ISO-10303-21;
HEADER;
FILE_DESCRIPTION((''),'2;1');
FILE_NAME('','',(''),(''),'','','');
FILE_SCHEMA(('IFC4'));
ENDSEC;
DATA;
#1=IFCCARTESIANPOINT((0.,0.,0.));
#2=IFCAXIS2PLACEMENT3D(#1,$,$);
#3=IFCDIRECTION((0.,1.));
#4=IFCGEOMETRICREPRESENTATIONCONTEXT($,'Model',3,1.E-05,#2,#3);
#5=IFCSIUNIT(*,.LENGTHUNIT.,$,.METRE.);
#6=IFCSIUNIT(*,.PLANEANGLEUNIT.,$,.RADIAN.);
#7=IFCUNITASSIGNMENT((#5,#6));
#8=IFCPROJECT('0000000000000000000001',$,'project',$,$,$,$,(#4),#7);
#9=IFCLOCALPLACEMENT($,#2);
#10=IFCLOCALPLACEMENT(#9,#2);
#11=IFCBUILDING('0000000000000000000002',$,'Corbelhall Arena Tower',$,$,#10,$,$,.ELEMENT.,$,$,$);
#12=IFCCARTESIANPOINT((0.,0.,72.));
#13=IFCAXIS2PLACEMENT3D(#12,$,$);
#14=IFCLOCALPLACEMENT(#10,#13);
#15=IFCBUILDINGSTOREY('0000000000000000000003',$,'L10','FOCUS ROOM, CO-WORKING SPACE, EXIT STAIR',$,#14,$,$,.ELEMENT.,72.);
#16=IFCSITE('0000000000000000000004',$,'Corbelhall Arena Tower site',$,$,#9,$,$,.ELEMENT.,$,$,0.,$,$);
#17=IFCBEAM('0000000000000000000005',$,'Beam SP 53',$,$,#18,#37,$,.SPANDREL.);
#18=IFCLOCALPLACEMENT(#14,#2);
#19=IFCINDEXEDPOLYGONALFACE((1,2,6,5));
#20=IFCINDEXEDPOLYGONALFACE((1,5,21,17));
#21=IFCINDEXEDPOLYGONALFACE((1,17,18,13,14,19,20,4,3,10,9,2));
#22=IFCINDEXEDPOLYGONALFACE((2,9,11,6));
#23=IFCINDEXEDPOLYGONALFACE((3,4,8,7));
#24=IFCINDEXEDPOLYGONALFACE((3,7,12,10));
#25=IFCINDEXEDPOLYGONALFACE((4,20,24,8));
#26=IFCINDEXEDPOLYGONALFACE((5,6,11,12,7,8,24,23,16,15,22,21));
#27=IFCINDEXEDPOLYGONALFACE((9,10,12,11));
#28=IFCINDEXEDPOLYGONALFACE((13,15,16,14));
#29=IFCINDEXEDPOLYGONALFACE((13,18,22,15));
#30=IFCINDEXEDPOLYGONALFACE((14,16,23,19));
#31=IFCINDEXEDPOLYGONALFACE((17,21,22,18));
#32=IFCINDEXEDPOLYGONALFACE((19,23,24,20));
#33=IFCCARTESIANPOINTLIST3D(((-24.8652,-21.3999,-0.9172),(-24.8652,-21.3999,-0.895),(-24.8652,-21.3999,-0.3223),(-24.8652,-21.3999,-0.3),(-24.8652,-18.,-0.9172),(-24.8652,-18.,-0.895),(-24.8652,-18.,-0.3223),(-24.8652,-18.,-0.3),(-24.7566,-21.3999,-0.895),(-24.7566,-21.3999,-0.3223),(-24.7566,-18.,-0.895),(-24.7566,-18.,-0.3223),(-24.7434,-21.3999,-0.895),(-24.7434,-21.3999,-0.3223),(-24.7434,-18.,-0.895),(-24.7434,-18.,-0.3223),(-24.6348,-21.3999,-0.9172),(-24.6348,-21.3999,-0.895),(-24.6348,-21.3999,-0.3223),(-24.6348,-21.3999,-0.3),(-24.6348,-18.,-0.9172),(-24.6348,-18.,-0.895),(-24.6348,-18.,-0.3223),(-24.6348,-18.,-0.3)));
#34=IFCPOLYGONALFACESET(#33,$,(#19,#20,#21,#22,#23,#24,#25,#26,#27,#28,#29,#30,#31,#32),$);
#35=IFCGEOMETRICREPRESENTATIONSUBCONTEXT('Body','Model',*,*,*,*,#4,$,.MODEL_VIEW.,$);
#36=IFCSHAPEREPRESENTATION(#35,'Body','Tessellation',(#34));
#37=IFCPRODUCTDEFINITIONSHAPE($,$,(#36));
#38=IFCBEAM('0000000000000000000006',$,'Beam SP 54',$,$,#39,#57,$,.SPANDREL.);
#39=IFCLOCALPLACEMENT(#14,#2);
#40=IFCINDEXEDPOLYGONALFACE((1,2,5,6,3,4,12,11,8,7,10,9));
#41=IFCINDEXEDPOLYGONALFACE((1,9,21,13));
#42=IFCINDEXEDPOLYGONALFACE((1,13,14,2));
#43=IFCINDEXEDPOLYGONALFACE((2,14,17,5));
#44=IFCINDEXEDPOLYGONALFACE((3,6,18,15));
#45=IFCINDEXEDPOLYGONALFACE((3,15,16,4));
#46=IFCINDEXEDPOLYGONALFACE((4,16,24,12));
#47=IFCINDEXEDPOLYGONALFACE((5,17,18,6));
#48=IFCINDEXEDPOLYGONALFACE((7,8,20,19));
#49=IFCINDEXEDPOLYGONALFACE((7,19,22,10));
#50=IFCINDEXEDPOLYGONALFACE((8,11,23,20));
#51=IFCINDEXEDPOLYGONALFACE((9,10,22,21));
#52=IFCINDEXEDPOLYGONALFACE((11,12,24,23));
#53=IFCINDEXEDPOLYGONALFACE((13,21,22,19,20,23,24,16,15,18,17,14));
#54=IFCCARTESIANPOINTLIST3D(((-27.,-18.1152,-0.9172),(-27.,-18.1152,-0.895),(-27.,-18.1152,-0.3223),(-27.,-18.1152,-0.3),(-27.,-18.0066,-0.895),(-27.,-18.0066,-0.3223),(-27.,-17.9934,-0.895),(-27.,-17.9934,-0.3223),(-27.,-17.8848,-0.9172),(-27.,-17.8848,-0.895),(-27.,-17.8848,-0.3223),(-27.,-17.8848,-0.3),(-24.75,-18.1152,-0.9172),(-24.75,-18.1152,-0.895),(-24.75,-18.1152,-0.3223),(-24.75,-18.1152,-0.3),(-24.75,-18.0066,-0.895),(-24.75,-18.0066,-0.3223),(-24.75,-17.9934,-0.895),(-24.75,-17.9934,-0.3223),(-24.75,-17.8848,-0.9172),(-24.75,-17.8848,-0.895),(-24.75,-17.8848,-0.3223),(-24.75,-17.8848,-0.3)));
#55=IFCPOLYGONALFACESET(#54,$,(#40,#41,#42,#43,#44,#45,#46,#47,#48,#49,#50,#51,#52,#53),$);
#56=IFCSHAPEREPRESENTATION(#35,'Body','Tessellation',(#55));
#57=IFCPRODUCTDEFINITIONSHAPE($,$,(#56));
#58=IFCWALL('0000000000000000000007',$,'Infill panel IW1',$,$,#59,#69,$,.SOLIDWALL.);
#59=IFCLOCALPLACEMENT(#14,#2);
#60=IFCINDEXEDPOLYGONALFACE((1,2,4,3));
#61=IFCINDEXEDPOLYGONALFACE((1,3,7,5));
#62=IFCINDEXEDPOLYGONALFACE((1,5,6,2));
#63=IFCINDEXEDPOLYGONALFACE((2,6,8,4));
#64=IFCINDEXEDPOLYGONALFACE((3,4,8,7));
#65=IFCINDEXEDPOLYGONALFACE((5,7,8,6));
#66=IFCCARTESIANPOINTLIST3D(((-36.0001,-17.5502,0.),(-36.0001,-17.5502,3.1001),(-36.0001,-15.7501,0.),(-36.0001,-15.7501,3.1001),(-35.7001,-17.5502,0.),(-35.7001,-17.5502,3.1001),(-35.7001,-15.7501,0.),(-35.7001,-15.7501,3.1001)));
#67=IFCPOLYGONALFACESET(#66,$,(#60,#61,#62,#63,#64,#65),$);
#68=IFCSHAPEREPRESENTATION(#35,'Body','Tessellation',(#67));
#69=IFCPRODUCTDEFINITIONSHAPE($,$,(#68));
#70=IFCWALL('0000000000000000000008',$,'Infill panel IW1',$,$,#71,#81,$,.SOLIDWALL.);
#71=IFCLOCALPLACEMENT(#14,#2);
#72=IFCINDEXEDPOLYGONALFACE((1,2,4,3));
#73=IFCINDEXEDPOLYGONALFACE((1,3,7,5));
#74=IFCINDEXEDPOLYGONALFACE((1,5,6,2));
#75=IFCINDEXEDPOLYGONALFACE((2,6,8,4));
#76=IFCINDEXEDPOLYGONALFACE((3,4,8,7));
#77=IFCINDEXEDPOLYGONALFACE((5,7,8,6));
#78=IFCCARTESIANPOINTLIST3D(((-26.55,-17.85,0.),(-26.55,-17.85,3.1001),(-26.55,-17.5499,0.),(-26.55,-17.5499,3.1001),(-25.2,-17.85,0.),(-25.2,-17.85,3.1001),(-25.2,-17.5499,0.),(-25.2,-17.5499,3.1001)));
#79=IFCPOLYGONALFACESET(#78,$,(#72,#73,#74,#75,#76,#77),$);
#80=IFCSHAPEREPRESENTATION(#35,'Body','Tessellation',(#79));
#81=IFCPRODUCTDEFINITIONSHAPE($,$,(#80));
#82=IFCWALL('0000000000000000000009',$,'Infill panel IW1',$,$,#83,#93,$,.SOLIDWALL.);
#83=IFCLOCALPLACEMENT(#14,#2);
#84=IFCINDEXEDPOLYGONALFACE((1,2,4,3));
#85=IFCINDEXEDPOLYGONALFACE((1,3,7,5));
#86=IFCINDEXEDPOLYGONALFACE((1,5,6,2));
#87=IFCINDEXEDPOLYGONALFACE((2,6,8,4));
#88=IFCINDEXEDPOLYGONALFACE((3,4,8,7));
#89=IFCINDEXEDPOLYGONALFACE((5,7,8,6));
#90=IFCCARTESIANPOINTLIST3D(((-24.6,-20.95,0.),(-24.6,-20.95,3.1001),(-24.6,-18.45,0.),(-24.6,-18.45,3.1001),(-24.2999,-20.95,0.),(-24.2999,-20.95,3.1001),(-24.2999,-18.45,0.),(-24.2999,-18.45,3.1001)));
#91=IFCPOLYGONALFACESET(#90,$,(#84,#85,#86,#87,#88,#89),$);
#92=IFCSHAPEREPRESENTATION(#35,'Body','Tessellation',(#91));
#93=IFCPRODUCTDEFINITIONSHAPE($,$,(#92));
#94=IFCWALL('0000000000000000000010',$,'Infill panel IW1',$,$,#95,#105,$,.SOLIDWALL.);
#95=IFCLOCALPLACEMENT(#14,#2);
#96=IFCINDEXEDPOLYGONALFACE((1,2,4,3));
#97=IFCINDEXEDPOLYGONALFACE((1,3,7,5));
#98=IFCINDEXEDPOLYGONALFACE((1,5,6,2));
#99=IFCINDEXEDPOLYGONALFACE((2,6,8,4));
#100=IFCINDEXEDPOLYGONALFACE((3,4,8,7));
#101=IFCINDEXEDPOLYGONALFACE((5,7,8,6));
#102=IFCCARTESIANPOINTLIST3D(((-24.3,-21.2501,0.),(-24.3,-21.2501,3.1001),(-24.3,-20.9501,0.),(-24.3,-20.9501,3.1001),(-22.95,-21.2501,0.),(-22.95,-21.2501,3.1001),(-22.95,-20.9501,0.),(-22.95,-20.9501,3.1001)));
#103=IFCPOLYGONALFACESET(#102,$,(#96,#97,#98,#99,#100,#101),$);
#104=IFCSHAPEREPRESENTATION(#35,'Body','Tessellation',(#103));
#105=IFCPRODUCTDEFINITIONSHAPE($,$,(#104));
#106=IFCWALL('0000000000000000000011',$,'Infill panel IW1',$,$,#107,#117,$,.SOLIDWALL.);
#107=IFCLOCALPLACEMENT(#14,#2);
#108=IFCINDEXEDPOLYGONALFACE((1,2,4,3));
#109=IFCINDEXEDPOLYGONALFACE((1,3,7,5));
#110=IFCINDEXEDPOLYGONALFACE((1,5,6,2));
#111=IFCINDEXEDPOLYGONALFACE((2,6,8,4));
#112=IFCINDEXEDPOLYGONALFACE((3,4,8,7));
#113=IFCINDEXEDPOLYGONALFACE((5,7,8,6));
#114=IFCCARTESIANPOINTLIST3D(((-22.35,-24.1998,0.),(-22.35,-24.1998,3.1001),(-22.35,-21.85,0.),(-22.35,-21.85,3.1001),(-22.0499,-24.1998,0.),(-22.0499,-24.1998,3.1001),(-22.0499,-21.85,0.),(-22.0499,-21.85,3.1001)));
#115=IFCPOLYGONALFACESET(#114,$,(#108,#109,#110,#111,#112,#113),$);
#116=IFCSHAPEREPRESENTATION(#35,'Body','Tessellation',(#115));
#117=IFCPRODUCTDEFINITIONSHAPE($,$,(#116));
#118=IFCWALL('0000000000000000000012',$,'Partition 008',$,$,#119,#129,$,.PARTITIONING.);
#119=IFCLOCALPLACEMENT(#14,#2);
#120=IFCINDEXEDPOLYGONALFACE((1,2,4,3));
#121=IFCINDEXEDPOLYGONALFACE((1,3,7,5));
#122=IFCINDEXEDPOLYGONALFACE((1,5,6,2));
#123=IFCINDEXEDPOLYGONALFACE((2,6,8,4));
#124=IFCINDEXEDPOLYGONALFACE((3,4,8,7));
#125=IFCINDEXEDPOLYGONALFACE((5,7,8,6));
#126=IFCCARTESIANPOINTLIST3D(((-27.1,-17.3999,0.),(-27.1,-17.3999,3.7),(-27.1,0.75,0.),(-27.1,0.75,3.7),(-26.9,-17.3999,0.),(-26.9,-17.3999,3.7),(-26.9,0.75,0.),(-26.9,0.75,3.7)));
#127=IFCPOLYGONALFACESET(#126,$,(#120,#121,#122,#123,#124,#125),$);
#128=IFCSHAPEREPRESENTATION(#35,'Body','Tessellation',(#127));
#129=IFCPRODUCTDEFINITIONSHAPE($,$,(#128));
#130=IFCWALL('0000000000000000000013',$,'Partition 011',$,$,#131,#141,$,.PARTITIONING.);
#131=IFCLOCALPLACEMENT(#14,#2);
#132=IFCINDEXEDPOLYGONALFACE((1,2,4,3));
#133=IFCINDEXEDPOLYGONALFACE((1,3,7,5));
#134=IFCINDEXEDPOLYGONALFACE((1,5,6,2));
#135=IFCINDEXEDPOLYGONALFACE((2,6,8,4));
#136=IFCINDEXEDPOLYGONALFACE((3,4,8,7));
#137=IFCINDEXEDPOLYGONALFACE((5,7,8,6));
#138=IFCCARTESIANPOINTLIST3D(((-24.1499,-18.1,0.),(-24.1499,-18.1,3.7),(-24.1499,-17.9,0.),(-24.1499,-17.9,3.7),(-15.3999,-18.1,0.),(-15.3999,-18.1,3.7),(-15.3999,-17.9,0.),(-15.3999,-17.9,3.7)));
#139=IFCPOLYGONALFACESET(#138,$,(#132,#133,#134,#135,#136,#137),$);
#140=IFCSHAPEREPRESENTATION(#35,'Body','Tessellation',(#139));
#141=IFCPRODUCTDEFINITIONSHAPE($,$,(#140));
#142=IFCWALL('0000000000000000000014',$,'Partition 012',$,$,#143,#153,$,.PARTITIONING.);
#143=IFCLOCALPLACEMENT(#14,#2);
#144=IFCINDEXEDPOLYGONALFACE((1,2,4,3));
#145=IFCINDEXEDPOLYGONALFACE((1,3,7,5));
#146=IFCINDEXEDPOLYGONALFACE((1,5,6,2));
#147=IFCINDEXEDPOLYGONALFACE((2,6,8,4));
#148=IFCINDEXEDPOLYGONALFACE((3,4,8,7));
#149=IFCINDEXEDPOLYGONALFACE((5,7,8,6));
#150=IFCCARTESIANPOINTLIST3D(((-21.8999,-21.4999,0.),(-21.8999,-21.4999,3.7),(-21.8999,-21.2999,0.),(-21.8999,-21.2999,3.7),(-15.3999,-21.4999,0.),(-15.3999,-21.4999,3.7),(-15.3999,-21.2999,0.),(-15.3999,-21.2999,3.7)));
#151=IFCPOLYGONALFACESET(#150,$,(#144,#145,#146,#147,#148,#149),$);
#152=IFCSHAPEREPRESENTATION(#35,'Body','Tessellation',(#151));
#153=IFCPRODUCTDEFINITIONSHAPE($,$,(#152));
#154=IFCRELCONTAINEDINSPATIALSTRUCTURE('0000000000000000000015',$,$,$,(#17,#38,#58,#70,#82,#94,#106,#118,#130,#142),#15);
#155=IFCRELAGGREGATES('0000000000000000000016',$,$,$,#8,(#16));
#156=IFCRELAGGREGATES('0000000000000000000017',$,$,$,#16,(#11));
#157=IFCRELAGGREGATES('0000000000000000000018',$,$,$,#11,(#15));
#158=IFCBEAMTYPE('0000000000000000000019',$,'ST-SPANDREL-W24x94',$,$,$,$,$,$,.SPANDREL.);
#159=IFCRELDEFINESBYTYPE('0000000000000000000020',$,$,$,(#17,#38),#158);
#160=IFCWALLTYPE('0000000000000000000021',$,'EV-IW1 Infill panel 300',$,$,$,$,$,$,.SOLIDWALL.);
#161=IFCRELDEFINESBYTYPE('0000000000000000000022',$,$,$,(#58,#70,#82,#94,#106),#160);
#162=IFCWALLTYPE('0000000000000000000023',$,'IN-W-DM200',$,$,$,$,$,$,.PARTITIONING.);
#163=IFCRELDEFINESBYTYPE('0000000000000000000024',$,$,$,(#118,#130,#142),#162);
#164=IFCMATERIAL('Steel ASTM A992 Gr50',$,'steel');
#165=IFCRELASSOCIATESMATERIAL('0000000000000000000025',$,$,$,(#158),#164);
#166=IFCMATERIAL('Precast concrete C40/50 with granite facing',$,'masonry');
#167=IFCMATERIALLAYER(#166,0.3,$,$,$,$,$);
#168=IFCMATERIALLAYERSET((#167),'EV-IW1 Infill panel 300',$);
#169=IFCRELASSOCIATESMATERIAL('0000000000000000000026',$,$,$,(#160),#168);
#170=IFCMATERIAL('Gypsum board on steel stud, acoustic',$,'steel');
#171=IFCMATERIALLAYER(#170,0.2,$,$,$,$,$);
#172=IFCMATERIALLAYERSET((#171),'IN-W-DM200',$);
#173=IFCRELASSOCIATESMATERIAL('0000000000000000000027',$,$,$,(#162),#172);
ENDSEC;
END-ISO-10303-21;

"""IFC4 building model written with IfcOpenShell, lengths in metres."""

from ifc_helpers import new_model, si_unit, direction, frame, frame_2d, origin, origin_2d, place, context, subcontext, project, spatial, rectangle, i_section, extrude, material, layer, layer_set, material_profile, profile_set, type_object, element, save


model = new_model("IFC4")

# Units and contexts
model_context = context("Model", 3, precision=1e-05, world=origin(), true_north=direction((0.0, 1.0)))
body_context = subcontext(model_context, "Body", "Model", "MODEL_VIEW")
ifc_project = project(units=[si_unit("LENGTHUNIT", "METRE"), si_unit("PLANEANGLEUNIT", "RADIAN")], contexts=[model_context])

# Site, building, storey
site_placement = place(None, origin())
site = spatial("IfcSite", under=ifc_project, at=site_placement, Name="Corbelhall Arena Tower site", CompositionType="ELEMENT", RefElevation=0.0)
building_placement = place(site_placement, origin())
building = spatial("IfcBuilding", under=site, at=building_placement, Name="Corbelhall Arena Tower", CompositionType="ELEMENT")
storey_placement = place(building_placement, frame((0.0, 0.0, 72.0)))
storey = spatial("IfcBuildingStorey", under=building, at=storey_placement, Name="L10", Description="FOCUS ROOM, CO-WORKING SPACE, EXIT STAIR", CompositionType="ELEMENT", Elevation=72.0)

# Beams
ifc_material_1 = material(Name="Steel ASTM A992 Gr50", Category="steel")
ifc_material_profile_1 = material_profile(ifc_material_1, i_section(OverallWidth=0.2305, OverallDepth=0.6172, WebThickness=0.0132, FlangeThickness=0.0222, at=origin_2d()))
ifc_profile_set_1 = profile_set([ifc_material_profile_1], Name="Steel ASTM A992 Gr50")
beam_type = type_object("IfcBeamType", Name="ST-SPANDREL-W24x94", PredefinedType="SPANDREL", material=ifc_profile_set_1)
beam_1_placement = place(storey_placement, frame((-24.75, -21.3999, -0.6086), z_axis=(0.0, 1.0, 0.0), x_axis=(-1.0, 0.0, 0.0)))
element("IfcBeam", 1, at=beam_1_placement, inside=storey, type_object=beam_type, Name="Beam SP 53", PredefinedType="SPANDREL", context=body_context, shape_type="SweptSolid", body=[
    extrude(i_section(OverallWidth=0.2305, OverallDepth=0.6172, WebThickness=0.0132, FlangeThickness=0.0222, at=origin_2d()), origin(), (0.0, 0.0, 1.0), 3.3999),
])
beam_2_placement = place(storey_placement, frame((-24.75, -18.0, -0.6086), z_axis=(-1.0, 0.0, 0.0), x_axis=(0.0, -1.0, 0.0)))
element("IfcBeam", 2, at=beam_2_placement, inside=storey, type_object=beam_type, Name="Beam SP 54", PredefinedType="SPANDREL", context=body_context, shape_type="SweptSolid", body=[
    extrude(i_section(OverallWidth=0.2305, OverallDepth=0.6172, WebThickness=0.0132, FlangeThickness=0.0222, at=origin_2d()), origin(), (0.0, 0.0, 1.0), 2.25),
])

# Wall
ifc_material_2 = material(Name="Precast concrete C40/50 with granite facing", Category="masonry")
ifc_layer_1 = layer(ifc_material_2, 0.3)
ifc_layer_set_1 = layer_set([ifc_layer_1], Name="EV-IW1 Infill panel 300")
wall_type_1 = type_object("IfcWallType", Name="EV-IW1 Infill panel 300", PredefinedType="SOLIDWALL", material=ifc_layer_set_1)
wall_1_placement = place(storey_placement, frame((-35.8501, -17.55, 0.0), z_axis=(0.0, 0.0, 1.0), x_axis=(0.0, 1.0, 0.0)))
element("IfcWall", 3, at=wall_1_placement, inside=storey, type_object=wall_type_1, Name="Infill panel IW1", PredefinedType="SOLIDWALL", context=body_context, shape_type="SweptSolid", body=[
    extrude(rectangle(XDim=1.8, YDim=0.3, at=frame_2d((0.8999, 0.0))), origin(), (0.0, 0.0, 1.0), 3.1001),
])

# Walls
wall_2_placement = place(storey_placement, frame((-26.55, -17.7, 0.0), z_axis=(0.0, 0.0, 1.0), x_axis=(1.0, 0.0, 0.0)))
element("IfcWall", 4, at=wall_2_placement, inside=storey, type_object=wall_type_1, Name="Infill panel IW1", PredefinedType="SOLIDWALL", context=body_context, shape_type="SweptSolid", body=[
    extrude(rectangle(XDim=1.3501, YDim=0.3, at=frame_2d((0.675, 0.0))), origin(), (0.0, 0.0, 1.0), 3.1001),
])
wall_3_placement = place(storey_placement, frame((-24.45, -18.45, 0.0), z_axis=(0.0, 0.0, 1.0), x_axis=(0.0, -1.0, 0.0)))
element("IfcWall", 5, at=wall_3_placement, inside=storey, type_object=wall_type_1, Name="Infill panel IW1", PredefinedType="SOLIDWALL", context=body_context, shape_type="SweptSolid", body=[
    extrude(rectangle(XDim=2.5, YDim=0.3, at=frame_2d((1.25, 0.0))), origin(), (0.0, 0.0, 1.0), 3.1001),
])
wall_4_placement = place(storey_placement, frame((-24.3, -21.1001, 0.0), z_axis=(0.0, 0.0, 1.0), x_axis=(1.0, 0.0, 0.0)))
element("IfcWall", 6, at=wall_4_placement, inside=storey, type_object=wall_type_1, Name="Infill panel IW1", PredefinedType="SOLIDWALL", context=body_context, shape_type="SweptSolid", body=[
    extrude(rectangle(XDim=1.3501, YDim=0.3, at=frame_2d((0.675, 0.0))), origin(), (0.0, 0.0, 1.0), 3.1001),
])
wall_5_placement = place(storey_placement, frame((-22.2, -21.8501, 0.0), z_axis=(0.0, 0.0, 1.0), x_axis=(0.0, -1.0, 0.0)))
element("IfcWall", 7, at=wall_5_placement, inside=storey, type_object=wall_type_1, Name="Infill panel IW1", PredefinedType="SOLIDWALL", context=body_context, shape_type="SweptSolid", body=[
    extrude(rectangle(XDim=2.3499, YDim=0.3, at=frame_2d((1.1748, 0.0))), origin(), (0.0, 0.0, 1.0), 3.1001),
])

# Walls
ifc_material_3 = material(Name="Gypsum board on steel stud, acoustic", Category="steel")
ifc_layer_2 = layer(ifc_material_3, 0.2)
ifc_layer_set_2 = layer_set([ifc_layer_2], Name="IN-W-DM200")
wall_type_2 = type_object("IfcWallType", Name="IN-W-DM200", PredefinedType="PARTITIONING", material=ifc_layer_set_2)
wall_6_placement = place(storey_placement, frame((-27.0, -17.3999, 0.0), z_axis=(0.0, 0.0, 1.0), x_axis=(0.0, 1.0, 0.0)))
element("IfcWall", 8, at=wall_6_placement, inside=storey, type_object=wall_type_2, Name="Partition 008", PredefinedType="PARTITIONING", context=body_context, shape_type="SweptSolid", body=[
    extrude(rectangle(XDim=18.1499, YDim=0.2, at=frame_2d((9.075, 0.0))), origin(), (0.0, 0.0, 1.0), 3.7),
])
wall_7_placement = place(storey_placement, frame((-24.1499, -18.0, 0.0), z_axis=(0.0, 0.0, 1.0), x_axis=(1.0, 0.0, 0.0)))
element("IfcWall", 9, at=wall_7_placement, inside=storey, type_object=wall_type_2, Name="Partition 011", PredefinedType="PARTITIONING", context=body_context, shape_type="SweptSolid", body=[
    extrude(rectangle(XDim=8.75, YDim=0.2, at=frame_2d((4.375, 0.0))), origin(), (0.0, 0.0, 1.0), 3.7),
])
wall_8_placement = place(storey_placement, frame((-21.8999, -21.3999, 0.0), z_axis=(0.0, 0.0, 1.0), x_axis=(1.0, 0.0, 0.0)))
element("IfcWall", 10, at=wall_8_placement, inside=storey, type_object=wall_type_2, Name="Partition 012", PredefinedType="PARTITIONING", context=body_context, shape_type="SweptSolid", body=[
    extrude(rectangle(XDim=6.5, YDim=0.2, at=frame_2d((3.25, 0.0))), origin(), (0.0, 0.0, 1.0), 3.7),
])

save(model, "model.ifc")
